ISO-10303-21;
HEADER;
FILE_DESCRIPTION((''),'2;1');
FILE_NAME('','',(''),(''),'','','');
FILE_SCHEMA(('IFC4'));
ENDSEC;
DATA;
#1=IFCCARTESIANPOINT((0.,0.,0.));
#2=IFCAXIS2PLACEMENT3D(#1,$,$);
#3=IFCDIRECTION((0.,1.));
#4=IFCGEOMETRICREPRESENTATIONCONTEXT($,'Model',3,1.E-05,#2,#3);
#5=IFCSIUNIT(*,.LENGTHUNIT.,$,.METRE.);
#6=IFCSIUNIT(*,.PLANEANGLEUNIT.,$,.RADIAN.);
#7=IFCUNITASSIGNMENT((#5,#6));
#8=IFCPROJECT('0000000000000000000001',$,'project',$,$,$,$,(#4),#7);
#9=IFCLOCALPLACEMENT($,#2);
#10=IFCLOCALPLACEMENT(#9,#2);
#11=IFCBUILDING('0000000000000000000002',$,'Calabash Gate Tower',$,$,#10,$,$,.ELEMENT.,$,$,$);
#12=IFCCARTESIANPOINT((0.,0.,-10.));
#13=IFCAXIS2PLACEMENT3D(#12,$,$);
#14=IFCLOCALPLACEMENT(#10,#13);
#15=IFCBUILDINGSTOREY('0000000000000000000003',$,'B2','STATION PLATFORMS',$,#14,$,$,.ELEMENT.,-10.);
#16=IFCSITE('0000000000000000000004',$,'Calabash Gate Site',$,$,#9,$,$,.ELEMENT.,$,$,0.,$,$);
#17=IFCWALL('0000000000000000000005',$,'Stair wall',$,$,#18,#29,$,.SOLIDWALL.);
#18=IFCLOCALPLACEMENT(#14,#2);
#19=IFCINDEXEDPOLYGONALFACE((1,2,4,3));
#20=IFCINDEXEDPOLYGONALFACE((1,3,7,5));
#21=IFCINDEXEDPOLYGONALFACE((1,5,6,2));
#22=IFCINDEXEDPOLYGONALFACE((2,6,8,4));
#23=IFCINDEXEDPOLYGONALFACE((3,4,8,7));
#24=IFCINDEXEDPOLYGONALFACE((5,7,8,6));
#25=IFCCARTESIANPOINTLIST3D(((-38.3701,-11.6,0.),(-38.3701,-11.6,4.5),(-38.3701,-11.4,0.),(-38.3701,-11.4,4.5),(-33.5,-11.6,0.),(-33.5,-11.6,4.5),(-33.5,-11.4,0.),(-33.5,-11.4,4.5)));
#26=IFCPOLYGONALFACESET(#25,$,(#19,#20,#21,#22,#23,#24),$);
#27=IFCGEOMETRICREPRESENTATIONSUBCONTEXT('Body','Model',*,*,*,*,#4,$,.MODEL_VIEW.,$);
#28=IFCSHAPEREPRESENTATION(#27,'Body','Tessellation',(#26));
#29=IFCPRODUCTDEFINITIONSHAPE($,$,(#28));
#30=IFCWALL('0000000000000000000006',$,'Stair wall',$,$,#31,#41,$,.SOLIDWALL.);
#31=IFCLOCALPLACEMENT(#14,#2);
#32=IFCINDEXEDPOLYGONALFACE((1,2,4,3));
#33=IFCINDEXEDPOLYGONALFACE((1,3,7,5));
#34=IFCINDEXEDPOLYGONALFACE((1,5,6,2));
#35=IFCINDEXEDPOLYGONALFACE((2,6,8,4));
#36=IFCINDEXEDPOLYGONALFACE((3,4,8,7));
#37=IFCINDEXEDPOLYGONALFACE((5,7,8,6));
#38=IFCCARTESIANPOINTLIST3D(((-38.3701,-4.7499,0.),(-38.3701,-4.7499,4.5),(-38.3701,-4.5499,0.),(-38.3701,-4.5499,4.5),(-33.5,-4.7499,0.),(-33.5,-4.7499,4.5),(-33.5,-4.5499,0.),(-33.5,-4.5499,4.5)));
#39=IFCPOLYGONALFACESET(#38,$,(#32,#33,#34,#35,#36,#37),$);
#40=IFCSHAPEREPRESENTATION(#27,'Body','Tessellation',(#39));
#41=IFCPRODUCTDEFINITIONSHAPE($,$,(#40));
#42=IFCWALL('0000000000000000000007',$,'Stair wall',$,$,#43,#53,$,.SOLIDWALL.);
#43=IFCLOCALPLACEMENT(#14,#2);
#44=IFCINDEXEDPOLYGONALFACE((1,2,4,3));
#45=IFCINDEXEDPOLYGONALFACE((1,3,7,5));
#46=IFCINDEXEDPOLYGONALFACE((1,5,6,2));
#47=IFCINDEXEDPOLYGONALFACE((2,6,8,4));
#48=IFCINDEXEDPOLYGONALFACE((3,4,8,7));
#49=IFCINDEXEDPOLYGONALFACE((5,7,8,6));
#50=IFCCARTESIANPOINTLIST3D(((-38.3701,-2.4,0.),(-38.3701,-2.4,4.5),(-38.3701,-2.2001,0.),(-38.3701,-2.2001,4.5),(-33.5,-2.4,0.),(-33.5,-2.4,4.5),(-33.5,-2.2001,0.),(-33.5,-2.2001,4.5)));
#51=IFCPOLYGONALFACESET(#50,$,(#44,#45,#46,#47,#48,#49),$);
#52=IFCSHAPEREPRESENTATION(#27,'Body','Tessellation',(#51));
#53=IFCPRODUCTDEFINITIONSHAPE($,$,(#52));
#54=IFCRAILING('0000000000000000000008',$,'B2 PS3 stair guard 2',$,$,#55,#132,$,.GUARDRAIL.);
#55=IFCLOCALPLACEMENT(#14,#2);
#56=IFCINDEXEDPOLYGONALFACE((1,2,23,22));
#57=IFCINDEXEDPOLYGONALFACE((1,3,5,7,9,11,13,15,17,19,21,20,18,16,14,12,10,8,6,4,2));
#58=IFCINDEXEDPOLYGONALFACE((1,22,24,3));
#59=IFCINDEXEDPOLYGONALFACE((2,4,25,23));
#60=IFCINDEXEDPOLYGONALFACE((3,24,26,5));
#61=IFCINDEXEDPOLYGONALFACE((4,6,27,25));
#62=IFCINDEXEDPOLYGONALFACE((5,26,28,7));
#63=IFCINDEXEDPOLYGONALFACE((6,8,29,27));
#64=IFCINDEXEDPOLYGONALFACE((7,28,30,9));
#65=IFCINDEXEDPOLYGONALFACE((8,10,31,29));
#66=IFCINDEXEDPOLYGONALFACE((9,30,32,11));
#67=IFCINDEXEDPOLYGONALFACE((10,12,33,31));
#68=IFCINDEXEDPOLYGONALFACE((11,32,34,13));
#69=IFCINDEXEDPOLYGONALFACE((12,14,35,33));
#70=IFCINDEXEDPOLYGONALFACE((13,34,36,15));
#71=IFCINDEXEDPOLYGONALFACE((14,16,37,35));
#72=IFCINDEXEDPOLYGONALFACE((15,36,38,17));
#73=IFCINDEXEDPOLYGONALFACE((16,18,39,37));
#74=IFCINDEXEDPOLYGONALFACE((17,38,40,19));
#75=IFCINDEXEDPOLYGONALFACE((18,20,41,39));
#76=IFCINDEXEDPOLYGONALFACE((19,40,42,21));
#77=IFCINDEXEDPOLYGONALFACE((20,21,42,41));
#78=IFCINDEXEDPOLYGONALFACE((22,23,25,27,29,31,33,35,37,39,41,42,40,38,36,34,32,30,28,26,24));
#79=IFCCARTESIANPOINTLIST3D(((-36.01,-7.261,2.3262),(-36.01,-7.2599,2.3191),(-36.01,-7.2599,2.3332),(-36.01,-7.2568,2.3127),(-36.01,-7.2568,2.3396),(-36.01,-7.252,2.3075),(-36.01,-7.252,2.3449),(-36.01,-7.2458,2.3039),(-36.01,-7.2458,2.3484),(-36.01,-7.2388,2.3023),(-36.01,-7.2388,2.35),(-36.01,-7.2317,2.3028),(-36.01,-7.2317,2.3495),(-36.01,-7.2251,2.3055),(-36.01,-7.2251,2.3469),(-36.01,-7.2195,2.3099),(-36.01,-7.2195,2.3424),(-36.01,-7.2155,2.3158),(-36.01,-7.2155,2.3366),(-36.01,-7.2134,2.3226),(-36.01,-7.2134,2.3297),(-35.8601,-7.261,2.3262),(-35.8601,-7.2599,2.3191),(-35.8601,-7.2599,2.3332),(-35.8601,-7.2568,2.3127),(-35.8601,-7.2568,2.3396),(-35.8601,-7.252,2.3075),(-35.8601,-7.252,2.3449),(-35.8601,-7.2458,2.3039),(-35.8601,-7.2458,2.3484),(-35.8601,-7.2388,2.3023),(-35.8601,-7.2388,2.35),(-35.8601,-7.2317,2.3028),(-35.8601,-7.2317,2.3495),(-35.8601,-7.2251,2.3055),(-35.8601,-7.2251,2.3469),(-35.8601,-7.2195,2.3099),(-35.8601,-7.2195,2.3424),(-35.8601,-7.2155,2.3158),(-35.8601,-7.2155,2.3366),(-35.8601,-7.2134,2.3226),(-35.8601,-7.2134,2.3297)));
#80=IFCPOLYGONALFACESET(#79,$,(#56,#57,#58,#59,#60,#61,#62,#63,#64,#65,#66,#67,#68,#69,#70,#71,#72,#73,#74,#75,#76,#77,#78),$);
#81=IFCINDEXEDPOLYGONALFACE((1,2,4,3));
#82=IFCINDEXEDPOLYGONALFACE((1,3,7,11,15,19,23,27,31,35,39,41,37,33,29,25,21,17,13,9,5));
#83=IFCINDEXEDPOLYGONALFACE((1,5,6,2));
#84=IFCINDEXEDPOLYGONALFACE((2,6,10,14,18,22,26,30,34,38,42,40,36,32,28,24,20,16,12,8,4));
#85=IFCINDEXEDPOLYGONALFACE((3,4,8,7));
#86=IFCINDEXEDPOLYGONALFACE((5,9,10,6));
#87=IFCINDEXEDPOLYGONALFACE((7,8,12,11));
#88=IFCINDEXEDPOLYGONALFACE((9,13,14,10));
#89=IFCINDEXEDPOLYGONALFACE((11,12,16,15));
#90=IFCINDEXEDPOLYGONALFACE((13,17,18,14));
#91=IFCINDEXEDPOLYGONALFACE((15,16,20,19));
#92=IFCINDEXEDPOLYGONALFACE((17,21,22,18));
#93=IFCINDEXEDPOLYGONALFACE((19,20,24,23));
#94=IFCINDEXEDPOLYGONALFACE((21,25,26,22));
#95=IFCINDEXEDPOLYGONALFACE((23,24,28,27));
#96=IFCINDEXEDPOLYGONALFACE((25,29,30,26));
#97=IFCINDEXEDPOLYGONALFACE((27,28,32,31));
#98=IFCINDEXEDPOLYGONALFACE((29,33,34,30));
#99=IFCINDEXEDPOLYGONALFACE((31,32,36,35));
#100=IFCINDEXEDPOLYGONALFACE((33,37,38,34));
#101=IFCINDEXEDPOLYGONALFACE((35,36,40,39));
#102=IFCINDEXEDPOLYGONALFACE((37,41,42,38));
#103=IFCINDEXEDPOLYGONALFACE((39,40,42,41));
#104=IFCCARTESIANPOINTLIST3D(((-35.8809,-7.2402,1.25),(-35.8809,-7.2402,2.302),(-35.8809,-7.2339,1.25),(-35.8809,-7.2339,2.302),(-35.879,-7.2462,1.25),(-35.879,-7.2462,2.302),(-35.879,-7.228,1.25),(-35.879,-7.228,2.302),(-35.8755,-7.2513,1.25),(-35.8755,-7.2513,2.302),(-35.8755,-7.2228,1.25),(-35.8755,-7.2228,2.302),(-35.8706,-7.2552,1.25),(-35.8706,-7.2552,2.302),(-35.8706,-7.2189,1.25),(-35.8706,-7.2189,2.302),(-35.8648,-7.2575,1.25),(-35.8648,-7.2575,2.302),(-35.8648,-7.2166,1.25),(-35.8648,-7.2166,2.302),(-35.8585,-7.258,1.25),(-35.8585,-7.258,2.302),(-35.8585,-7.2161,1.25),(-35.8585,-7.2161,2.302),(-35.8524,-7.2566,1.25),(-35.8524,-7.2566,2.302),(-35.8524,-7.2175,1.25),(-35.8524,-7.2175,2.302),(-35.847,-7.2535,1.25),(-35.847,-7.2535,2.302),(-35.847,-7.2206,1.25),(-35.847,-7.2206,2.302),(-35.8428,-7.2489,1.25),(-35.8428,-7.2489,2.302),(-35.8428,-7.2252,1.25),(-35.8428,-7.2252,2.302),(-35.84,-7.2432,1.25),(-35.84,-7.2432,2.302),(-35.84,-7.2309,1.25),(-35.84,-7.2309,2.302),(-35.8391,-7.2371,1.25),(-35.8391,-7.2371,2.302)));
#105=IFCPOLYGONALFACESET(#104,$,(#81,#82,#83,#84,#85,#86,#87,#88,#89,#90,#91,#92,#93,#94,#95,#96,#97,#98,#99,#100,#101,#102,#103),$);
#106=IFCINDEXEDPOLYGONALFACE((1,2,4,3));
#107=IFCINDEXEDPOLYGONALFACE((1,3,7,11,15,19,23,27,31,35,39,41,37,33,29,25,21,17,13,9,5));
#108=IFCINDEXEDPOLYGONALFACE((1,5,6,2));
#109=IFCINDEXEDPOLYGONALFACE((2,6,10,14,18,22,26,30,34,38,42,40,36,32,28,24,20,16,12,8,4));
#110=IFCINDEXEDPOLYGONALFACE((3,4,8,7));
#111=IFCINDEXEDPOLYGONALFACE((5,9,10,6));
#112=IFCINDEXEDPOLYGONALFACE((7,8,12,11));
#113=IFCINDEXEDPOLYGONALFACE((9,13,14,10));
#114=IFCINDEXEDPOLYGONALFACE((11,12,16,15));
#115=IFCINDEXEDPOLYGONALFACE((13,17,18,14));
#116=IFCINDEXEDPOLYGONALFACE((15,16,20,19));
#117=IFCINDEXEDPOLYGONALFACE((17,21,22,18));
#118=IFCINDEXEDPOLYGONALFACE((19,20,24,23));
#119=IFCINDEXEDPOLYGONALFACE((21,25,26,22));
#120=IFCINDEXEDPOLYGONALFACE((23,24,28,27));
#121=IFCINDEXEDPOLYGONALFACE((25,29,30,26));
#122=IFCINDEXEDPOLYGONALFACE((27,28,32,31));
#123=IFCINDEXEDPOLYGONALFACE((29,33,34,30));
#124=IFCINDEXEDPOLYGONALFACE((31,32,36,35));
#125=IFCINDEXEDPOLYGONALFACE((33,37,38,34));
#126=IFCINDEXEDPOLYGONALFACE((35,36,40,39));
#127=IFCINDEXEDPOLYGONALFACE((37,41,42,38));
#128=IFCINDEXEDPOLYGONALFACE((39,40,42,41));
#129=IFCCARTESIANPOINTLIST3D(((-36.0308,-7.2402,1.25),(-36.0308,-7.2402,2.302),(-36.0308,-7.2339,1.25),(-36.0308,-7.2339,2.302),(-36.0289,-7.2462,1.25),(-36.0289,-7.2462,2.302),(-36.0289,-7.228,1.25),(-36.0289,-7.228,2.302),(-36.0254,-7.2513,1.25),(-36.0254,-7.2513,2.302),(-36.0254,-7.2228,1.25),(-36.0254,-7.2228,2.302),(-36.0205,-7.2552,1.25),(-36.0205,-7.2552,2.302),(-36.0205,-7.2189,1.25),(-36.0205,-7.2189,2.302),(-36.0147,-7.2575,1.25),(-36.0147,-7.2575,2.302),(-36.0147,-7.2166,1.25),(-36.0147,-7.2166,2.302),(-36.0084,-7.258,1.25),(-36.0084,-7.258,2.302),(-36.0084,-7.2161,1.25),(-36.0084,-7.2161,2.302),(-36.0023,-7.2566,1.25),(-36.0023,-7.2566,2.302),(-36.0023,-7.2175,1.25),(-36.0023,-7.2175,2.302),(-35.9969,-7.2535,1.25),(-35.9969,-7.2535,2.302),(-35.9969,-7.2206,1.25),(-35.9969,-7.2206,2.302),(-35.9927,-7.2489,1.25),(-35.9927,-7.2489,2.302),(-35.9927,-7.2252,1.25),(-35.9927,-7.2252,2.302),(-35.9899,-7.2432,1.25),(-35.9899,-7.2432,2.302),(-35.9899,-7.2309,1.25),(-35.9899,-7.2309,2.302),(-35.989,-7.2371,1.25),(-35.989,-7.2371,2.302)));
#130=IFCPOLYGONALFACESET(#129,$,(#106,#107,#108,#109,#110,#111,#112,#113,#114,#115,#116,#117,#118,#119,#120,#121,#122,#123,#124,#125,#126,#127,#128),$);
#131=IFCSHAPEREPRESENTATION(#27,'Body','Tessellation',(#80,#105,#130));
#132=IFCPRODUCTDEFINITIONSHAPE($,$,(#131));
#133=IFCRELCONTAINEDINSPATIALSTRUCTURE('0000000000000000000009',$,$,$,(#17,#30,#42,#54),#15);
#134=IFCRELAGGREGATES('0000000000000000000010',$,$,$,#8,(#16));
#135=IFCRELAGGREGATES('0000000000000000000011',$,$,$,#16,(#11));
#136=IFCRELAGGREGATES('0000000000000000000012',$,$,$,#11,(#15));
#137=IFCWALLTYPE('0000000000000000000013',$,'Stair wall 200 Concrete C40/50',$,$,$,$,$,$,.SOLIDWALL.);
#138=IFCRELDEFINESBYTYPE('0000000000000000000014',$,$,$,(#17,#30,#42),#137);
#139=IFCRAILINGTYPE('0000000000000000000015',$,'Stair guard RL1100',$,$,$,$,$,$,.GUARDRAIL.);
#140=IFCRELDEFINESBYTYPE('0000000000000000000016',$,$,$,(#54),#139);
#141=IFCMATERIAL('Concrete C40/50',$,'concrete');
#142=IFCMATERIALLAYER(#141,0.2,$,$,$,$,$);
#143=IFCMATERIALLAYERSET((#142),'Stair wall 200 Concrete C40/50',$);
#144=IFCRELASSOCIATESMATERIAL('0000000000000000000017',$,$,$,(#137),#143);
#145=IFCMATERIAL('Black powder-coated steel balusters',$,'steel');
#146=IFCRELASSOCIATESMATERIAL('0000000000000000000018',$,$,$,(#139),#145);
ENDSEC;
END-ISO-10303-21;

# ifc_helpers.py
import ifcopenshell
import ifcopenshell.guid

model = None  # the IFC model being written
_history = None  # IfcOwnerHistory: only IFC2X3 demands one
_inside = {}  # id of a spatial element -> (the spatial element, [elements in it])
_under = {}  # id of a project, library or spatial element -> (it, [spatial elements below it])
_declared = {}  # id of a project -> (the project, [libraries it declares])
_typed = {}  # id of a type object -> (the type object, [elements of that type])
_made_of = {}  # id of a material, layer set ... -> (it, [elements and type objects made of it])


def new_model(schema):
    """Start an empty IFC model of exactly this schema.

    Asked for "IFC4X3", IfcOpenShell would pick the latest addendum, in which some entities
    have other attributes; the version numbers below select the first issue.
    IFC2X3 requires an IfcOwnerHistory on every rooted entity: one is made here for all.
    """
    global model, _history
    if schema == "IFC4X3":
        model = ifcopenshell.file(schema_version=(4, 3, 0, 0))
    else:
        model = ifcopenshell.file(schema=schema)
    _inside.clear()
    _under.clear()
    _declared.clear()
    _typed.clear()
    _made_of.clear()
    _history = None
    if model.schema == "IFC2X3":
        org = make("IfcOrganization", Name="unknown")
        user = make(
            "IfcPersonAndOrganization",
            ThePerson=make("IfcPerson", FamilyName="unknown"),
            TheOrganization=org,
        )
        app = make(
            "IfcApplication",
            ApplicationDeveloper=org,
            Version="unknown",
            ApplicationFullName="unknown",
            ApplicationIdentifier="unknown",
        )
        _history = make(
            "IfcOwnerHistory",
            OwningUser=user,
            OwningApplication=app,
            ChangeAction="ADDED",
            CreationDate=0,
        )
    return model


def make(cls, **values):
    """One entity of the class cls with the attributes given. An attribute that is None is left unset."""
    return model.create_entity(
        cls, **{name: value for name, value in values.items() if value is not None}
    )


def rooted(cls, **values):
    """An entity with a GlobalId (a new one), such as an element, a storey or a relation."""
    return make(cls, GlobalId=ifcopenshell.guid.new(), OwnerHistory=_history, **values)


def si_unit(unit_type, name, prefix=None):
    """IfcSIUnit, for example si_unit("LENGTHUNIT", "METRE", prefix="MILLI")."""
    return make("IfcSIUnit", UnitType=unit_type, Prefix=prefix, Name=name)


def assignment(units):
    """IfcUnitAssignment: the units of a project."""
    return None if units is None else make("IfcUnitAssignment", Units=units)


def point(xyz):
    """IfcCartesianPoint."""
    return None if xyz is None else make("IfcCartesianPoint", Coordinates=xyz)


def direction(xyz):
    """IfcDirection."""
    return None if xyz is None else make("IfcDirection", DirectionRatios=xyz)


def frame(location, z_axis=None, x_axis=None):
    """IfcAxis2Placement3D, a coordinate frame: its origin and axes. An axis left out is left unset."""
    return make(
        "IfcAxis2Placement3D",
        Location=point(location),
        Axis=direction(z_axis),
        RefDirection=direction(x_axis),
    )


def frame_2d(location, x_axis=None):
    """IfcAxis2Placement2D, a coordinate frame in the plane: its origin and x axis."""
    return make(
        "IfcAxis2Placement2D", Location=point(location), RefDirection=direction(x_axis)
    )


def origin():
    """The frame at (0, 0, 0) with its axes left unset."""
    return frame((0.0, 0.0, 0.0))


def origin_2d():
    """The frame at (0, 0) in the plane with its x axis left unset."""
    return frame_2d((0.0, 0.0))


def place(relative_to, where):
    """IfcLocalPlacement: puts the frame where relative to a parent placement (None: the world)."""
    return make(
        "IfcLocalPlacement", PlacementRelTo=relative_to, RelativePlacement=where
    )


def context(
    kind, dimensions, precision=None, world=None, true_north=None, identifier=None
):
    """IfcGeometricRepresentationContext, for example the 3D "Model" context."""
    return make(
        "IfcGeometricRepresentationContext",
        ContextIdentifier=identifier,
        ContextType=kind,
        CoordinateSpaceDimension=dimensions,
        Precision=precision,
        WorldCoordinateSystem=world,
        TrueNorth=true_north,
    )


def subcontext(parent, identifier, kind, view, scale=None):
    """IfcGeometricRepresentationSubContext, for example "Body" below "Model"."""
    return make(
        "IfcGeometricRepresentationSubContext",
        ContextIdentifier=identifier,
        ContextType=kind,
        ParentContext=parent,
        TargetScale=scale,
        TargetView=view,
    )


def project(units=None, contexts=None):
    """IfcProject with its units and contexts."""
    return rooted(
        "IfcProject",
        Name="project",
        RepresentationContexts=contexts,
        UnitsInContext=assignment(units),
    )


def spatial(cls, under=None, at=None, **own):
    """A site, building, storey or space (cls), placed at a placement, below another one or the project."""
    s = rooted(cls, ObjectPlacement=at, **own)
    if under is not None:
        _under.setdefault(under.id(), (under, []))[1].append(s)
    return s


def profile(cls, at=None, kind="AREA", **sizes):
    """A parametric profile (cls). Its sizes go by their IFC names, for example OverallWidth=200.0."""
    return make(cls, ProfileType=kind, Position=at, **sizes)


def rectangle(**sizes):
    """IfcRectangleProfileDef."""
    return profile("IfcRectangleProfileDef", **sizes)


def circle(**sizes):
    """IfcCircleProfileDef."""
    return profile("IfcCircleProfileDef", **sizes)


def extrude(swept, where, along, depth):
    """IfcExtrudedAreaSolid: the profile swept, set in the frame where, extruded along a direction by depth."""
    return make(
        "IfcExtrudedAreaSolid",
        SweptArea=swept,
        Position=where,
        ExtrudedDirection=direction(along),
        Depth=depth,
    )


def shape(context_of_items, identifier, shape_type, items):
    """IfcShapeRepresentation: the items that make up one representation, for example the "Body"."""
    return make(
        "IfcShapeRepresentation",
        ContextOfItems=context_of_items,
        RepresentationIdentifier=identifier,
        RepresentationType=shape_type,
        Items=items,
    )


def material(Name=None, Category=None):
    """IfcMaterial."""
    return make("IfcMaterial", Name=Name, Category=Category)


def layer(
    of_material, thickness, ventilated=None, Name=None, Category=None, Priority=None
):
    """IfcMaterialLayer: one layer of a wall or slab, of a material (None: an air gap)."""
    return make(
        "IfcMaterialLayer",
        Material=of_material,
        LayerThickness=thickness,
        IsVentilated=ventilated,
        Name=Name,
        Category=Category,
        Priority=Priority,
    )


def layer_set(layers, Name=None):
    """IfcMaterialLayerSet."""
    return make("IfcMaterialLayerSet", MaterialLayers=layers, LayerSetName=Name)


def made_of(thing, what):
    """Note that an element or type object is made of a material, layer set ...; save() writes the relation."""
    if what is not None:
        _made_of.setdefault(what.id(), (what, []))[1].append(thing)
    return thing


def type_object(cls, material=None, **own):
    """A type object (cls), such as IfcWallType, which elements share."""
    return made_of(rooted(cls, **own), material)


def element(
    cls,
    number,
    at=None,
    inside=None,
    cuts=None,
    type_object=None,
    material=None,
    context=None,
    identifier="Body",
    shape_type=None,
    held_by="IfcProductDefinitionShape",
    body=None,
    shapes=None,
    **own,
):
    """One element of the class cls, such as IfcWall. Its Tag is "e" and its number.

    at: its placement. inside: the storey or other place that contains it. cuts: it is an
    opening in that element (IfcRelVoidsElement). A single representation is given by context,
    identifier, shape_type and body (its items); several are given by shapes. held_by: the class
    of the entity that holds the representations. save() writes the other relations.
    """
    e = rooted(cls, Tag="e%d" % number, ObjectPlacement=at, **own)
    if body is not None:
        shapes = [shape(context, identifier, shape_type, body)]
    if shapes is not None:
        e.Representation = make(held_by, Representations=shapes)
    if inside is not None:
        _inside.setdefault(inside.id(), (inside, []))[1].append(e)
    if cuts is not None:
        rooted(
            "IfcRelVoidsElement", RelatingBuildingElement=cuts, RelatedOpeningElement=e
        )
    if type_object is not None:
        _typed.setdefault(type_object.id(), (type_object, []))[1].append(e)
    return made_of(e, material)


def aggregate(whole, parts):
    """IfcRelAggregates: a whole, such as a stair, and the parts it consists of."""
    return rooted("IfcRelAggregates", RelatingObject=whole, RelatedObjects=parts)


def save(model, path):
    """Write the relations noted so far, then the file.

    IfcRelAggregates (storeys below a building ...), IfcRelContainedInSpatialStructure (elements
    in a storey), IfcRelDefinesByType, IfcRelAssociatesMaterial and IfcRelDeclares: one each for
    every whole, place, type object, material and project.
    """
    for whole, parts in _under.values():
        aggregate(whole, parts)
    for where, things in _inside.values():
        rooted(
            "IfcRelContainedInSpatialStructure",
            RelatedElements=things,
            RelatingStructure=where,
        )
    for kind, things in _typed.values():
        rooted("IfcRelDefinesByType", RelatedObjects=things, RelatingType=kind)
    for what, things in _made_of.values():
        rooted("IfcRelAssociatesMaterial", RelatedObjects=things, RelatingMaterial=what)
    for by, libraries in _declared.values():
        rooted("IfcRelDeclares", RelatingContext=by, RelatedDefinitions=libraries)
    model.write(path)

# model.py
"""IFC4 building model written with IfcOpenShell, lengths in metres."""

from ifc_helpers import new_model, si_unit, direction, frame, frame_2d, origin, origin_2d, place, context, subcontext, project, spatial, rectangle, circle, extrude, material, layer, layer_set, type_object, element, save


model = new_model("IFC4")

# Units and contexts
model_context = context("Model", 3, precision=1e-05, world=origin(), true_north=direction((0.0, 1.0)))
body_context = subcontext(model_context, "Body", "Model", "MODEL_VIEW")
ifc_project = project(units=[si_unit("LENGTHUNIT", "METRE"), si_unit("PLANEANGLEUNIT", "RADIAN")], contexts=[model_context])

# Site, building, storey
site_placement = place(None, origin())
site = spatial("IfcSite", under=ifc_project, at=site_placement, Name="Calabash Gate Site", CompositionType="ELEMENT", RefElevation=0.0)
building_placement = place(site_placement, origin())
building = spatial("IfcBuilding", under=site, at=building_placement, Name="Calabash Gate Tower", CompositionType="ELEMENT")
storey_placement = place(building_placement, frame((0.0, 0.0, -10.0)))
storey = spatial("IfcBuildingStorey", under=building, at=storey_placement, Name="B2", Description="STATION PLATFORMS", CompositionType="ELEMENT", Elevation=-10.0)

# Walls
ifc_material_1 = material(Name="Concrete C40/50", Category="concrete")
ifc_layer_1 = layer(ifc_material_1, 0.2)
ifc_layer_set_1 = layer_set([ifc_layer_1], Name="Stair wall 200 Concrete C40/50")
wall_type_1 = type_object("IfcWallType", Name="Stair wall 200 Concrete C40/50", PredefinedType="SOLIDWALL", material=ifc_layer_set_1)
for number, where, z_axis, x_axis, name in (
    (1, (-38.3701, -11.5, 0.0), (0.0, 0.0, 1.0), (1.0, 0.0, 0.0), "Stair wall"),
    (2, (-38.3701, -4.6499, 0.0), (0.0, 0.0, 1.0), (1.0, 0.0, 0.0), "Stair wall"),
):
    element("IfcWall", number, at=place(storey_placement, frame(where, z_axis=z_axis, x_axis=x_axis)), inside=storey, type_object=wall_type_1, Name=name, PredefinedType="SOLIDWALL", context=body_context, shape_type="SweptSolid", body=[
        extrude(rectangle(XDim=4.8701, YDim=0.2, at=frame_2d((2.4351, 0.0))), origin(), (0.0, 0.0, 1.0), 4.5),
    ])

# Wall
wall_1_placement = place(storey_placement, frame((-38.3701, -2.3, 0.0), z_axis=(0.0, 0.0, 1.0), x_axis=(1.0, 0.0, 0.0)))
element("IfcWall", 3, at=wall_1_placement, inside=storey, type_object=wall_type_1, Name="Stair wall", PredefinedType="SOLIDWALL", context=body_context, shape_type="SweptSolid", body=[
    extrude(rectangle(XDim=4.8701, YDim=0.2, at=frame_2d((2.4351, 0.0))), origin(), (0.0, 0.0, 1.0), 4.5),
])

# Railing
ifc_material_2 = material(Name="Black powder-coated steel balusters", Category="steel")
railing_type_1 = type_object("IfcRailingType", Name="Stair guard RL1100", PredefinedType="GUARDRAIL", material=ifc_material_2)
railing_1_placement = place(storey_placement, frame((-35.8601, -7.2371, 1.25)))
element("IfcRailing", 4, at=railing_1_placement, inside=storey, type_object=railing_type_1, Name="B2 PS3 stair guard 2", PredefinedType="GUARDRAIL", context=body_context, shape_type="SweptSolid", body=[
    extrude(circle(Radius=0.0239, at=origin_2d()), frame((0.0, 0.0, 1.0762), z_axis=(-1.0, 0.0, 0.0), x_axis=(0.0, -1.0, 0.0)), (0.0, 0.0, 1.0), 0.1499),
    extrude(circle(Radius=0.021, at=origin_2d()), origin(), (0.0, 0.0, 1.0), 1.052),
    extrude(circle(Radius=0.021, at=origin_2d()), frame((-0.1499, 0.0, 0.0)), (0.0, 0.0, 1.0), 1.052),
])

save(model, "model.ifc")
